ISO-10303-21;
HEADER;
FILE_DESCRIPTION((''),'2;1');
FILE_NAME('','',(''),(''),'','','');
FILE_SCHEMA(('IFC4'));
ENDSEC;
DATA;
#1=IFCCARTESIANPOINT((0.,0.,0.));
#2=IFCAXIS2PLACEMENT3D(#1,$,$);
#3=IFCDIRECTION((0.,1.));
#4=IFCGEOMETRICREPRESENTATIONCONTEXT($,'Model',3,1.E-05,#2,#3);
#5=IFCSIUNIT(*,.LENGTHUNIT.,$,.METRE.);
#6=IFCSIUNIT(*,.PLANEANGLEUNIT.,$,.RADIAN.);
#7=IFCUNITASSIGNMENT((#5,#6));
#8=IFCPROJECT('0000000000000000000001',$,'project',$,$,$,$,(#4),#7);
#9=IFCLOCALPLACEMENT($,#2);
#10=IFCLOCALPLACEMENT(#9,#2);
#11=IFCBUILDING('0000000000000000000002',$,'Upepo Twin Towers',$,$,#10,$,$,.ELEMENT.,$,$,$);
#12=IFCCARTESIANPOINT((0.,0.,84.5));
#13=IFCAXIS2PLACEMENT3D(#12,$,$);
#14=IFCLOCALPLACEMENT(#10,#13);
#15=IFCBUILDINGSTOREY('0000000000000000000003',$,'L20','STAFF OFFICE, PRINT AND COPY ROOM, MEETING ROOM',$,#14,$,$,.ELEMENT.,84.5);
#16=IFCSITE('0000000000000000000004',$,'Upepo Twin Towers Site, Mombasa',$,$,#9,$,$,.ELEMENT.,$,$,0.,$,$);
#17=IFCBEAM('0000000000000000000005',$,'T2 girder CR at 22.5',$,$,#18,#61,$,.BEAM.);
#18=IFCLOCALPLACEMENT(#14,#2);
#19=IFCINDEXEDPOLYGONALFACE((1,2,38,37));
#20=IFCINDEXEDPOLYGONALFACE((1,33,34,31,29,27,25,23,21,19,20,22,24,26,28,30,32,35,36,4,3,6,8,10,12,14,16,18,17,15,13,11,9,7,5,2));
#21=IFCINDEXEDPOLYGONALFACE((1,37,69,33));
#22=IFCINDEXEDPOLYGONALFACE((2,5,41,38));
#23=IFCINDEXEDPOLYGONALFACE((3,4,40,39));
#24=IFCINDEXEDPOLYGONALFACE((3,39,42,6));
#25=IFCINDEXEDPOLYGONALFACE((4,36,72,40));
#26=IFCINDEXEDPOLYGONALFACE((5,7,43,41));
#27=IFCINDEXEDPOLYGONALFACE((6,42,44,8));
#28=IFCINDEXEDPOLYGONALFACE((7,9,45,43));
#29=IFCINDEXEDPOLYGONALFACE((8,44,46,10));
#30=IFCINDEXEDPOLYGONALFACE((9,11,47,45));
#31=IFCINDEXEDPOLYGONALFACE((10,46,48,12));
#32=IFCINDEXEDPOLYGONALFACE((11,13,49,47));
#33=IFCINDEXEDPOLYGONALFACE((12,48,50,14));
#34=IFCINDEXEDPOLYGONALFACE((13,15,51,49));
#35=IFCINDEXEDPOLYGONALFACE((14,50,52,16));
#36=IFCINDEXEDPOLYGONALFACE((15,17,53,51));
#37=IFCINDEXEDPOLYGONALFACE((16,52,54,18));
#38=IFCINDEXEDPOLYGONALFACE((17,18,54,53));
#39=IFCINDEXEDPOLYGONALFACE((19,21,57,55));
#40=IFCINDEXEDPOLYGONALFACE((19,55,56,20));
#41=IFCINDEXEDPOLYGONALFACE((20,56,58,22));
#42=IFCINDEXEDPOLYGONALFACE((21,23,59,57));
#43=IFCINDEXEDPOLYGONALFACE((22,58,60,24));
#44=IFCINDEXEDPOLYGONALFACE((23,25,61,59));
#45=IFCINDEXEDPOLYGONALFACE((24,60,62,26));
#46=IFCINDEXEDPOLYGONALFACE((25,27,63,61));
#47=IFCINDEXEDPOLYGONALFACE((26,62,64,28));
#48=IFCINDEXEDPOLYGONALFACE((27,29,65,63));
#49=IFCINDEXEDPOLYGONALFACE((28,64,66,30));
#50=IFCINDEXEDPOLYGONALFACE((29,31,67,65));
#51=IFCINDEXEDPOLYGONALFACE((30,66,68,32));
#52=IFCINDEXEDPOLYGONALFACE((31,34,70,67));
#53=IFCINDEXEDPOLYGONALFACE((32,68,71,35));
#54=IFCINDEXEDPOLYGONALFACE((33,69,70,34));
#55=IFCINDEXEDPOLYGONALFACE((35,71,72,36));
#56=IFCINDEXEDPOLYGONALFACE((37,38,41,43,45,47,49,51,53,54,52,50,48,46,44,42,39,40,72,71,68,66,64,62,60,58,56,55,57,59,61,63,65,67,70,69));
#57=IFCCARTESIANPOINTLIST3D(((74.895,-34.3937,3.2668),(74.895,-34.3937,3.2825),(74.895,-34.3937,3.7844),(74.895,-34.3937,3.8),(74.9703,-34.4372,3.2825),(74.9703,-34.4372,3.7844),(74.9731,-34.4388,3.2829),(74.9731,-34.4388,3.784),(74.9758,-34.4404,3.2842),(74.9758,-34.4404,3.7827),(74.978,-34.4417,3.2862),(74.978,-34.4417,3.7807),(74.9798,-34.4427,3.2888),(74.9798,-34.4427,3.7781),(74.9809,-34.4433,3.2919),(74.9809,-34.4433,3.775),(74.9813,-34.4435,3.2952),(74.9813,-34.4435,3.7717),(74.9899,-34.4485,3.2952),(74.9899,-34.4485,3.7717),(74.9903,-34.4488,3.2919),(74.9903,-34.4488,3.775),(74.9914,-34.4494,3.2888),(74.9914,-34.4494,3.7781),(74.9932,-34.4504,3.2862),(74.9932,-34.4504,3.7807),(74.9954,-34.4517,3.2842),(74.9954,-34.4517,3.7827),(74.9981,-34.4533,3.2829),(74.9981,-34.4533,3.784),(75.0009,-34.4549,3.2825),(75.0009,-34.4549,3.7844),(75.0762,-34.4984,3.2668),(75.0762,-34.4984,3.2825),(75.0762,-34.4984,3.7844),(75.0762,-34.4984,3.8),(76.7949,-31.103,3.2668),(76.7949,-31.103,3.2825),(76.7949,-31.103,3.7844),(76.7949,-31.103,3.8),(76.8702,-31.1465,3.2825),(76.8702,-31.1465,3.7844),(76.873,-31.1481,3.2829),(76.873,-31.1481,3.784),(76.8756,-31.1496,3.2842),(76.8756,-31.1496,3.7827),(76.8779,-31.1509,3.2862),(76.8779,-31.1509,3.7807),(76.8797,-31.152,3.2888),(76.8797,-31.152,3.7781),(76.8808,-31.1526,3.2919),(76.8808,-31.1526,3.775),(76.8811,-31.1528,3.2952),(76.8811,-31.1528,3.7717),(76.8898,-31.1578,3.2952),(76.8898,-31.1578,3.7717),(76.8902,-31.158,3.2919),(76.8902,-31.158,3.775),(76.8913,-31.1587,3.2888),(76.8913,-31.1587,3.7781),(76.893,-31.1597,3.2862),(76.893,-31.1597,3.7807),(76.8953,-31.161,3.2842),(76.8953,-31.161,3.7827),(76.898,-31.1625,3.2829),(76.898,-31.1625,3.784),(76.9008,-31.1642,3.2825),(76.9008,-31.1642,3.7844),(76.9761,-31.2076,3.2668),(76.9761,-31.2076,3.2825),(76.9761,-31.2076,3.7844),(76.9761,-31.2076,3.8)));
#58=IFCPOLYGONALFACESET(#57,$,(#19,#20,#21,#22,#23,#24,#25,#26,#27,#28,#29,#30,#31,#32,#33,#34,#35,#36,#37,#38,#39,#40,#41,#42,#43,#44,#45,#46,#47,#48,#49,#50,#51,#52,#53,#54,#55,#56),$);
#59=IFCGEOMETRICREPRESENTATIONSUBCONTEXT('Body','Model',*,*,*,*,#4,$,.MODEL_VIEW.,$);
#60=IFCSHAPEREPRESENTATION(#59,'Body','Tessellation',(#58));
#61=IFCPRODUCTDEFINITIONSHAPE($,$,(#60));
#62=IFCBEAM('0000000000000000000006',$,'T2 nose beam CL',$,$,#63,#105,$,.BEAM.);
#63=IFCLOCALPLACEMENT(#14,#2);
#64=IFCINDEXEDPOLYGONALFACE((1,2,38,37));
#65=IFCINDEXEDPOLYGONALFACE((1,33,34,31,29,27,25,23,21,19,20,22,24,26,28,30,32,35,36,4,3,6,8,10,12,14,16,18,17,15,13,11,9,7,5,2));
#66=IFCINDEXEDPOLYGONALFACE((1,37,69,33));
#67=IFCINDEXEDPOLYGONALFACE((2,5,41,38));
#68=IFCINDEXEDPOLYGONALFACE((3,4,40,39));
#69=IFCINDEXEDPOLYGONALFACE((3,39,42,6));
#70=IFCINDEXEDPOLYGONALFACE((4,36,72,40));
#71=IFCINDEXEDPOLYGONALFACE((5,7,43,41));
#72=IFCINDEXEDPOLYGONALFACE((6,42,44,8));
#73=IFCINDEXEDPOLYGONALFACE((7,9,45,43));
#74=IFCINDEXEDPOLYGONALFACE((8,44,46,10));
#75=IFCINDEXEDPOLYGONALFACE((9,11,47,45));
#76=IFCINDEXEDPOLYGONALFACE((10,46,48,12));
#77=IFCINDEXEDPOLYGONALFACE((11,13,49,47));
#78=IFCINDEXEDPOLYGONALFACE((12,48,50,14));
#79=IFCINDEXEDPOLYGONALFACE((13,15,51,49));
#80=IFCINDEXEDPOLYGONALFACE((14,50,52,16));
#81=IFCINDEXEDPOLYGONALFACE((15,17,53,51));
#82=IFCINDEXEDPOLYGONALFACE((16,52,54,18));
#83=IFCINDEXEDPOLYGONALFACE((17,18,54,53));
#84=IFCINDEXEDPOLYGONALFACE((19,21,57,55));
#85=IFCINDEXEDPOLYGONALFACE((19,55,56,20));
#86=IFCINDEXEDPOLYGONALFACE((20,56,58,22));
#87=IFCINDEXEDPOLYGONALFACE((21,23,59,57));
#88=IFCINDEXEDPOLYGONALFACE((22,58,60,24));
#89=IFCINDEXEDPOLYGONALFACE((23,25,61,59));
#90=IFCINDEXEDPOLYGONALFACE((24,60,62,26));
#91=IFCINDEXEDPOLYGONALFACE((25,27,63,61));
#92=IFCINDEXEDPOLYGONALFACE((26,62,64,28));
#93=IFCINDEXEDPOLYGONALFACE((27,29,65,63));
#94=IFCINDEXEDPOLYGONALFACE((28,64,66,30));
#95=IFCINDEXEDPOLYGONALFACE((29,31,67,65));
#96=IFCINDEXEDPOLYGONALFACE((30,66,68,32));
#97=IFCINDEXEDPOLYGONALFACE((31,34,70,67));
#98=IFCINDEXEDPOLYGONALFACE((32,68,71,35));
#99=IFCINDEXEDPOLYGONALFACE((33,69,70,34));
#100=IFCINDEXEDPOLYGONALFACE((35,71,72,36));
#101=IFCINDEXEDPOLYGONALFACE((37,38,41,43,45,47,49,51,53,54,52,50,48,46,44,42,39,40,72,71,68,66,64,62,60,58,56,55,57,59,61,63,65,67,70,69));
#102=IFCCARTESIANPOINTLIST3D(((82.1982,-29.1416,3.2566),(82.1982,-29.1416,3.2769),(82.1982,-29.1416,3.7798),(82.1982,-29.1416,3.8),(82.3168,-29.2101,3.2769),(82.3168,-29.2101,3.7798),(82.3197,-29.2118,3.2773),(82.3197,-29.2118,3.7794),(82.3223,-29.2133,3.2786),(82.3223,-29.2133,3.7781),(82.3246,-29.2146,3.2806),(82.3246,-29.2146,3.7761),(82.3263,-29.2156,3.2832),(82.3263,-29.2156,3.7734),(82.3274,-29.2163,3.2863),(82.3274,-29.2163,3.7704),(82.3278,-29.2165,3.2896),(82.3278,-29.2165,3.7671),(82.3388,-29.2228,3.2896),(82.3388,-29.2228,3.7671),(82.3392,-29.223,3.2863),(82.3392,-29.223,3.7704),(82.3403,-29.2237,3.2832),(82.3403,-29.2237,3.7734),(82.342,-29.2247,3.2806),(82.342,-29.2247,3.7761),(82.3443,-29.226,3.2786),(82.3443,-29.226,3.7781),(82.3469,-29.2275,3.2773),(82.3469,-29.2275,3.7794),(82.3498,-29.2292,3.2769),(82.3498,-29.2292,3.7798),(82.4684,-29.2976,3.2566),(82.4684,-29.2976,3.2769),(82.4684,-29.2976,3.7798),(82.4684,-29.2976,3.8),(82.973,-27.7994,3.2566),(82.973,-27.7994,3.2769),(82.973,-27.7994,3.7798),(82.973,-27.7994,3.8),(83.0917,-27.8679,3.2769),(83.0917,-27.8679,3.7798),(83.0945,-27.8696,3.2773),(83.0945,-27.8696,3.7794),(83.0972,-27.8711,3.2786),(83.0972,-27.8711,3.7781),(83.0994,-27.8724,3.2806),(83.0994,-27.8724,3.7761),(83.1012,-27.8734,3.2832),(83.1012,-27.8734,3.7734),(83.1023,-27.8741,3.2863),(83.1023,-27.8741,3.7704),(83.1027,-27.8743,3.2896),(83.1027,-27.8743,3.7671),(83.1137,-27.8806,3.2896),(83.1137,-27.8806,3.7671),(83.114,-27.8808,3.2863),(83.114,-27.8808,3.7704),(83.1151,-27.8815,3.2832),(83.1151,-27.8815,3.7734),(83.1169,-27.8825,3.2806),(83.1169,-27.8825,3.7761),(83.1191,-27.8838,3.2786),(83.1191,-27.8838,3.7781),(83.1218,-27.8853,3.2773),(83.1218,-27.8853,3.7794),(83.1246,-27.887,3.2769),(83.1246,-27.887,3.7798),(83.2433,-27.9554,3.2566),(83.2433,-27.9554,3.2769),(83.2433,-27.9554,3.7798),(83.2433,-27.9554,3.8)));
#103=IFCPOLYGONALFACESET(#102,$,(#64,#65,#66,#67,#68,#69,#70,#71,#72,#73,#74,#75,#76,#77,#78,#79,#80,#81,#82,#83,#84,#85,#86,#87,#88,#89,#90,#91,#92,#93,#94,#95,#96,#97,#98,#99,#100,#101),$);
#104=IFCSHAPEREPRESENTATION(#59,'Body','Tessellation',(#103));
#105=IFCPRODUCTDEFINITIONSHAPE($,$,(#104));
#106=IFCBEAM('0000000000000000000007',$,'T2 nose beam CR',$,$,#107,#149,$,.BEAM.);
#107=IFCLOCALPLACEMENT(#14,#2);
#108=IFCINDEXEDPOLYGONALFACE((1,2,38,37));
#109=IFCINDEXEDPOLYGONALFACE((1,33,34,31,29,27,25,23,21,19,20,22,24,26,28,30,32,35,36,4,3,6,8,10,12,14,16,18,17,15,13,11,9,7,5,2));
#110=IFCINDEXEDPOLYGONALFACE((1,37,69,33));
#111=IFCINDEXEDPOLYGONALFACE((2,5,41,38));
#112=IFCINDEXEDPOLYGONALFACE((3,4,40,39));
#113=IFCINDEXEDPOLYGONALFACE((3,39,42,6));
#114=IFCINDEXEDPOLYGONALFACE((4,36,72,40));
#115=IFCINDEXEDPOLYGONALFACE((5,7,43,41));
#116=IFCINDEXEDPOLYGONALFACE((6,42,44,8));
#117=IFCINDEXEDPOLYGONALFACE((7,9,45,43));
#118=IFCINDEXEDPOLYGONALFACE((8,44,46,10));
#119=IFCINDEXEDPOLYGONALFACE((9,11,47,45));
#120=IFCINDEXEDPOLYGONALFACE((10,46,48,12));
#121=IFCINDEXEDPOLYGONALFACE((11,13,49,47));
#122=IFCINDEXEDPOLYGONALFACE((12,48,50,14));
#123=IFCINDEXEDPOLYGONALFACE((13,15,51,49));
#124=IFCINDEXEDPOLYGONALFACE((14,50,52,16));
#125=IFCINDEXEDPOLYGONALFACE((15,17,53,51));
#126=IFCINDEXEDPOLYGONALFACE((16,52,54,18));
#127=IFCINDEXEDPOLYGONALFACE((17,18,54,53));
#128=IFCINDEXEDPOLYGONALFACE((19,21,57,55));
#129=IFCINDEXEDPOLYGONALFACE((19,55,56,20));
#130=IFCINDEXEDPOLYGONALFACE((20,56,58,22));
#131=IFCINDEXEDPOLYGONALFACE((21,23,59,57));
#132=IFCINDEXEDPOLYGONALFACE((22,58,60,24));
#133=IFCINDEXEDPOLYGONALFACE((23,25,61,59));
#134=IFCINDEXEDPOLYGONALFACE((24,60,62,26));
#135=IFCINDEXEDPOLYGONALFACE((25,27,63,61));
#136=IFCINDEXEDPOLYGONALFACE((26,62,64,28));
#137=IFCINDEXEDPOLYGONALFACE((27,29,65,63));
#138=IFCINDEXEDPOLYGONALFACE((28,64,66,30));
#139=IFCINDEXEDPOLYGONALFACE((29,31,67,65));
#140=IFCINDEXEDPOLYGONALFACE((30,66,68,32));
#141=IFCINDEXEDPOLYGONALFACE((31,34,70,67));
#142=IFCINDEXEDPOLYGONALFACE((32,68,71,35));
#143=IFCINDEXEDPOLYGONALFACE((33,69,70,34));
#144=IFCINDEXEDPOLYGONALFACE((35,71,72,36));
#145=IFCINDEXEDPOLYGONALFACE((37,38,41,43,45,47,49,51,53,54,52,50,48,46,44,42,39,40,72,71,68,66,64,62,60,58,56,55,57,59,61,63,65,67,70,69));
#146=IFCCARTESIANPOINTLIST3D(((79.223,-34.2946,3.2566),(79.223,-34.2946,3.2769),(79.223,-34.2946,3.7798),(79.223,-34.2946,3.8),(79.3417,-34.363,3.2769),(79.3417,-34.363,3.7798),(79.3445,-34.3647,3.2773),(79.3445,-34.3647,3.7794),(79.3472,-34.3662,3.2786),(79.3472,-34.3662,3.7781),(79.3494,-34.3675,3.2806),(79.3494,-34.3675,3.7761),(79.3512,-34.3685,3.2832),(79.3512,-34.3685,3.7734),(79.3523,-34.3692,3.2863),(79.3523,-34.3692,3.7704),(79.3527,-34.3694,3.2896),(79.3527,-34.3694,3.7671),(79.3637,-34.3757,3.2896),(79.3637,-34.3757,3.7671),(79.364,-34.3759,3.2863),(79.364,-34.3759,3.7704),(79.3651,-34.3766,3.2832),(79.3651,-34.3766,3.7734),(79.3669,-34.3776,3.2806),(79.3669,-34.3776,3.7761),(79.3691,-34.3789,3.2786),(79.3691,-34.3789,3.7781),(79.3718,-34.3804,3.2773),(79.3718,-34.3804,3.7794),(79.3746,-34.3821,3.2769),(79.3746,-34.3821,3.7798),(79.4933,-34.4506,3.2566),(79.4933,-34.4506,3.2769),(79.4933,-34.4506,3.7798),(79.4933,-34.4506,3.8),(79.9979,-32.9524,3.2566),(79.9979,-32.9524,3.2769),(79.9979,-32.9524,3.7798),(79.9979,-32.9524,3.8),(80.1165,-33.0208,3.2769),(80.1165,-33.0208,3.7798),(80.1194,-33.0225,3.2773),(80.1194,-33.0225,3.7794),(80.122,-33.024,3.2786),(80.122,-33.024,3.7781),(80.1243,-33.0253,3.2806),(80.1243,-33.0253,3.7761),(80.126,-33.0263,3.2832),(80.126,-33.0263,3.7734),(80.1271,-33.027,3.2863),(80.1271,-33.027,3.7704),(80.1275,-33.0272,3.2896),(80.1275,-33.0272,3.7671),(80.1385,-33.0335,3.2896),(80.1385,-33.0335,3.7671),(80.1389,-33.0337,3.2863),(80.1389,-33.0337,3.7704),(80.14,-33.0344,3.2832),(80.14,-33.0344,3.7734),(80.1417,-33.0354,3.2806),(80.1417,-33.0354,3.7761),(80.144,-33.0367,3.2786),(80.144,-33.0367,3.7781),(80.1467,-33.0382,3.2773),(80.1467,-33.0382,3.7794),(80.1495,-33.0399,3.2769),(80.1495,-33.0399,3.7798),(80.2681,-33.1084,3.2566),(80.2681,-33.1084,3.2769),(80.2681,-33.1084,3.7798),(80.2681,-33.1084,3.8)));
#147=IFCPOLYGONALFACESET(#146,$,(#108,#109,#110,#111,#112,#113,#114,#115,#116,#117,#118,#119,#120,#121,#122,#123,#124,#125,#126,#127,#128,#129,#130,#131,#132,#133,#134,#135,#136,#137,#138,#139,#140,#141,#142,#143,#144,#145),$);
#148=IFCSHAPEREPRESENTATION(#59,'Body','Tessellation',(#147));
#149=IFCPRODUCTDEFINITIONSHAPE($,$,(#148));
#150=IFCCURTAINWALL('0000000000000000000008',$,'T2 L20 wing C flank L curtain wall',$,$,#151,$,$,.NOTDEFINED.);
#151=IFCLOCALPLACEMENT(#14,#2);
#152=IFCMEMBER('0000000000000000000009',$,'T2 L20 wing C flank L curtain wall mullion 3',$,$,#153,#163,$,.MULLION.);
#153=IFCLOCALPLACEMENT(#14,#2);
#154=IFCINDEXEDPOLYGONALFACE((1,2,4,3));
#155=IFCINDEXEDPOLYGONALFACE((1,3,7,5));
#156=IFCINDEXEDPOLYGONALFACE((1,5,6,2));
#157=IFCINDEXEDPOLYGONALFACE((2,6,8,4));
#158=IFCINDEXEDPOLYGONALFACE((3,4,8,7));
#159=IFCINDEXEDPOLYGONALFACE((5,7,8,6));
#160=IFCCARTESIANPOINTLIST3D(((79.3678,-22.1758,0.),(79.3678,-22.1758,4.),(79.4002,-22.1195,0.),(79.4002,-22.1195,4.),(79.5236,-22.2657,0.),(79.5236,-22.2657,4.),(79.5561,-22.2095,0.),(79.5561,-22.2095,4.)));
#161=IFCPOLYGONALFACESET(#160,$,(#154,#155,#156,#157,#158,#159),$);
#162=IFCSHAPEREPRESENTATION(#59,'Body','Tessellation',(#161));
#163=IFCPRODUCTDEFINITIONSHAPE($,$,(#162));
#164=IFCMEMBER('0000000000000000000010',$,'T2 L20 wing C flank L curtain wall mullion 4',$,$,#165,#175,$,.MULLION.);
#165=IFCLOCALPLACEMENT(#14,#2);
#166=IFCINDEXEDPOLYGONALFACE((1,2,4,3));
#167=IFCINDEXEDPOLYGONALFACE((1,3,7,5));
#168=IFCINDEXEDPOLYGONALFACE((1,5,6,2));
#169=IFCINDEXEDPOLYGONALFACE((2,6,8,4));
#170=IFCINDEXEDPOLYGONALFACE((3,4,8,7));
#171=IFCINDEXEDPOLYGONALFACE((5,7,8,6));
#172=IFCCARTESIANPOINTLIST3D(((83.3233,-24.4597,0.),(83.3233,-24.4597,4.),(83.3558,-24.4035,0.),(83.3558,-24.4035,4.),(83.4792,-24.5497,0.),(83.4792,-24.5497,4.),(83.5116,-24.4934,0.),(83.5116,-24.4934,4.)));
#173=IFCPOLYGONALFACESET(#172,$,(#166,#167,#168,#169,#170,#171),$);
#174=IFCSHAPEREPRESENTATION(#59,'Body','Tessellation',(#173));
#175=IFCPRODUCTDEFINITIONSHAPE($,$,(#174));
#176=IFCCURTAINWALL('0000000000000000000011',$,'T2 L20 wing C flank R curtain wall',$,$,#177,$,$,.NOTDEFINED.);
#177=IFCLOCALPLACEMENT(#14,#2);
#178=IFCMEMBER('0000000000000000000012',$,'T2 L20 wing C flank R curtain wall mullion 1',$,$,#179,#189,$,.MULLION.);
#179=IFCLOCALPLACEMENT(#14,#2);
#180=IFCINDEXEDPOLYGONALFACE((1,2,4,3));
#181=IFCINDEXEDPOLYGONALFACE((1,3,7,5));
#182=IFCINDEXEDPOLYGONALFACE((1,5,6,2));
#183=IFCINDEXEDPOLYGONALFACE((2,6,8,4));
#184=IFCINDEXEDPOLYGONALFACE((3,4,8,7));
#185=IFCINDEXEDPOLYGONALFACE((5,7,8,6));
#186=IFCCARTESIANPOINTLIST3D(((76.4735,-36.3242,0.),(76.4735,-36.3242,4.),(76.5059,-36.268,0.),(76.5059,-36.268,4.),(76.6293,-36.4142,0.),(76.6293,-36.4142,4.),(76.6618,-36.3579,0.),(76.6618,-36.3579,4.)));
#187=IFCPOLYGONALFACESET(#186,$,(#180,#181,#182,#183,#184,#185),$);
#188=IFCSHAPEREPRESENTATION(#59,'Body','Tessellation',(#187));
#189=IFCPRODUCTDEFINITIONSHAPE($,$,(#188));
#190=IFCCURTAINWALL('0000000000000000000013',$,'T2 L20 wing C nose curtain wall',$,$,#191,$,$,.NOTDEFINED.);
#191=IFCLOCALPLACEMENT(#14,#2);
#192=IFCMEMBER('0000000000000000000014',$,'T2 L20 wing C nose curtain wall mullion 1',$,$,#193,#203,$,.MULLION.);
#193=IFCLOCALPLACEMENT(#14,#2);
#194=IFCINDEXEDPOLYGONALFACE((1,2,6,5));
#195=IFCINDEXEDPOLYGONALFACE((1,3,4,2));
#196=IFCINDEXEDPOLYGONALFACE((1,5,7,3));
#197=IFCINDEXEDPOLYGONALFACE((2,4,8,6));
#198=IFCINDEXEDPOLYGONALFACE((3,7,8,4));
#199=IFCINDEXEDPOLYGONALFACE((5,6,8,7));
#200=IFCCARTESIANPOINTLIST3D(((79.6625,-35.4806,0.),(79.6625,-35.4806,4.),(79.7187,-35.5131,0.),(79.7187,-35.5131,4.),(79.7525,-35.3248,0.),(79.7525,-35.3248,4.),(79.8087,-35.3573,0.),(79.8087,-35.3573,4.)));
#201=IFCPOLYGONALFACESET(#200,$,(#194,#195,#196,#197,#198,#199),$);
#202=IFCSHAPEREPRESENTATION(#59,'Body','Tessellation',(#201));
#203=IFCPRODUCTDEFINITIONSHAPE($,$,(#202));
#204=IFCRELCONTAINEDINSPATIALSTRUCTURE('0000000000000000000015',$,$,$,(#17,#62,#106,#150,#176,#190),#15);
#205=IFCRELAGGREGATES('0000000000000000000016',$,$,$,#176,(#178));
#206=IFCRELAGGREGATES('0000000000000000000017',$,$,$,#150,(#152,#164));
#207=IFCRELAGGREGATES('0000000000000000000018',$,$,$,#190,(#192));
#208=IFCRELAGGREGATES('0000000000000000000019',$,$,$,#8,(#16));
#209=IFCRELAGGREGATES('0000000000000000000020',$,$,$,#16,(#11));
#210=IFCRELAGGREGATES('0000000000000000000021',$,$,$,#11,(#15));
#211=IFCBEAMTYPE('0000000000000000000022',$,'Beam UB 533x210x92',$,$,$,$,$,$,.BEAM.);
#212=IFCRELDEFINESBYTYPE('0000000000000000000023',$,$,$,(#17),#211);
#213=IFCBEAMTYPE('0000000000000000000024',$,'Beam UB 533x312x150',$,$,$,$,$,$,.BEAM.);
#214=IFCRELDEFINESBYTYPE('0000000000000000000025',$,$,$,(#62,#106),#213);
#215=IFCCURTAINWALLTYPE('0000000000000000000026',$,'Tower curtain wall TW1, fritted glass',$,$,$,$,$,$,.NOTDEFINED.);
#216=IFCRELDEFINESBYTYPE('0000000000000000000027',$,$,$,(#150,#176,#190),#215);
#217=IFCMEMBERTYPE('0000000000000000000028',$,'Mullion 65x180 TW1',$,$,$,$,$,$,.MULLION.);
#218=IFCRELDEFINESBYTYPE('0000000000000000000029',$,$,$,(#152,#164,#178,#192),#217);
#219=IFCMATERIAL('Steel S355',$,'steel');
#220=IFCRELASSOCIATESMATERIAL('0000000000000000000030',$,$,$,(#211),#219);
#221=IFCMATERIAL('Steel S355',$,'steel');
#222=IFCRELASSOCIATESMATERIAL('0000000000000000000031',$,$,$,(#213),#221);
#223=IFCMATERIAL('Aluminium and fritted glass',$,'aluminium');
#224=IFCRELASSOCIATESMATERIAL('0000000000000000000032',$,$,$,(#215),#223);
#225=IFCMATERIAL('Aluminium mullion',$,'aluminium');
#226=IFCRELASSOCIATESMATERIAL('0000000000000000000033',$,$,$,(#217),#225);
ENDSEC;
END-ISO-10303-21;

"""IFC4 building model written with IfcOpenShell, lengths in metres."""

from ifc_helpers import new_model, si_unit, direction, frame, origin, origin_2d, place, context, subcontext, project, spatial, rectangle, i_section, extrude, material, material_profile, profile_set, type_object, element, aggregate, save


model = new_model("IFC4")

# Units and contexts
model_context = context("Model", 3, precision=1e-05, world=origin(), true_north=direction((0.0, 1.0)))
body_context = subcontext(model_context, "Body", "Model", "MODEL_VIEW")
ifc_project = project(units=[si_unit("LENGTHUNIT", "METRE"), si_unit("PLANEANGLEUNIT", "RADIAN")], contexts=[model_context])

# Site, building, storey
site_placement = place(None, origin())
site = spatial("IfcSite", under=ifc_project, at=site_placement, Name="Upepo Twin Towers Site, Mombasa", CompositionType="ELEMENT", RefElevation=0.0)
building_placement = place(site_placement, origin())
building = spatial("IfcBuilding", under=site, at=building_placement, Name="Upepo Twin Towers", CompositionType="ELEMENT")
storey_placement = place(building_placement, frame((0.0, 0.0, 84.5)))
storey = spatial("IfcBuildingStorey", under=building, at=storey_placement, Name="L20", Description="STAFF OFFICE, PRINT AND COPY ROOM, MEETING ROOM", CompositionType="ELEMENT", Elevation=84.5)

# Beams
ifc_material_1 = material(Name="Steel S355", Category="steel")
ifc_material_profile_1 = material_profile(ifc_material_1, i_section(OverallWidth=0.2092, OverallDepth=0.5332, WebThickness=0.01, FlangeThickness=0.0156, FilletRadius=0.0127, at=origin_2d()), Name="UB 533x210x92")
ifc_profile_set_1 = profile_set([ifc_material_profile_1], Name="Steel S355")
beam_type_1 = type_object("IfcBeamType", Name="Beam UB 533x210x92", PredefinedType="BEAM", material=ifc_profile_set_1)
for number, where, z_axis, x_axis, name in (
    (1, (74.9856, -34.446, 3.5334), (0.499995, 0.866028, 0.0), (-0.866028, 0.499995, 0.0), "T2 girder CR at 22.5"),
):
    element("IfcBeam", number, at=place(storey_placement, frame(where, z_axis=z_axis, x_axis=x_axis)), inside=storey, type_object=beam_type_1, Name=name, PredefinedType="BEAM", context=body_context, shape_type="SweptSolid", body=[
        extrude(i_section(OverallWidth=0.2092, OverallDepth=0.5332, WebThickness=0.01, FlangeThickness=0.0156, FilletRadius=0.0127, at=origin_2d()), origin(), (0.0, 0.0, 1.0), 3.7998),
    ])
ifc_material_2 = material(Name="Steel S355", Category="steel")
ifc_material_profile_2 = material_profile(ifc_material_2, i_section(OverallWidth=0.312, OverallDepth=0.5435, WebThickness=0.0127, FlangeThickness=0.0203, FilletRadius=0.0127, at=origin_2d()), Name="UB 533x312x150")
ifc_profile_set_2 = profile_set([ifc_material_profile_2], Name="Steel S355")
beam_type_2 = type_object("IfcBeamType", Name="Beam UB 533x312x150", PredefinedType="BEAM", material=ifc_profile_set_2)
for number, where, z_axis, x_axis, name in (
    (2, (83.1082, -27.8774, 3.5283), (-0.499968, -0.866044, 0.0), (0.866044, -0.499968, 0.0), "T2 nose beam CL"),
    (3, (79.3582, -34.3726, 3.5283), (0.499968, 0.866044, 0.0), (-0.866044, 0.499968, 0.0), "T2 nose beam CR"),
):
    element("IfcBeam", number, at=place(storey_placement, frame(where, z_axis=z_axis, x_axis=x_axis)), inside=storey, type_object=beam_type_2, Name=name, PredefinedType="BEAM", context=body_context, shape_type="SweptSolid", body=[
        extrude(i_section(OverallWidth=0.312, OverallDepth=0.5435, WebThickness=0.0127, FlangeThickness=0.0203, FilletRadius=0.0127, at=origin_2d()), origin(), (0.0, 0.0, 1.0), 1.5498),
    ])

# Curtain wall, members
ifc_material_3 = material(Name="Aluminium and fritted glass", Category="aluminium")
curtain_wall_type = type_object("IfcCurtainWallType", Name="Tower curtain wall TW1, fritted glass", PredefinedType="NOTDEFINED", material=ifc_material_3)
curtain_wall_1_placement = place(storey_placement, origin())
curtain_wall_1 = element("IfcCurtainWall", 4, at=curtain_wall_1_placement, inside=storey, type_object=curtain_wall_type, Name="T2 L20 wing C flank L curtain wall", PredefinedType="NOTDEFINED")
ifc_material_4 = material(Name="Aluminium mullion", Category="aluminium")
ifc_material_profile_3 = material_profile(ifc_material_4, rectangle(XDim=0.0649, YDim=0.1799, at=origin_2d()), Name="MULLION 65x180")
ifc_profile_set_3 = profile_set([ifc_material_profile_3], Name="Aluminium mullion")
member_type_1 = type_object("IfcMemberType", Name="Mullion 65x180 TW1", PredefinedType="MULLION", material=ifc_profile_set_3)
member_1_placement = place(storey_placement, frame((79.4619, -22.1926, 0.0), z_axis=(0.0, 0.0, 1.0), x_axis=(0.5, 0.866025, 0.0)))
member_1 = element("IfcMember", 5, at=member_1_placement, type_object=member_type_1, Name="T2 L20 wing C flank L curtain wall mullion 3", PredefinedType="MULLION", context=body_context, shape_type="SweptSolid", body=[
    extrude(rectangle(XDim=0.0649, YDim=0.1799, at=origin_2d()), origin(), (0.0, 0.0, 1.0), 4.0),
])
member_2_placement = place(storey_placement, frame((83.4175, -24.4766, 0.0), z_axis=(0.0, 0.0, 1.0), x_axis=(0.5, 0.866025, 0.0)))
member_2 = element("IfcMember", 6, at=member_2_placement, type_object=member_type_1, Name="T2 L20 wing C flank L curtain wall mullion 4", PredefinedType="MULLION", context=body_context, shape_type="SweptSolid", body=[
    extrude(rectangle(XDim=0.0649, YDim=0.1799, at=origin_2d()), origin(), (0.0, 0.0, 1.0), 4.0),
])

# Curtain wall, member
curtain_wall_2_placement = place(storey_placement, origin())
curtain_wall_2 = element("IfcCurtainWall", 7, at=curtain_wall_2_placement, inside=storey, type_object=curtain_wall_type, Name="T2 L20 wing C flank R curtain wall", PredefinedType="NOTDEFINED")
member_3_placement = place(storey_placement, frame((76.5676, -36.3411, 0.0), z_axis=(0.0, 0.0, 1.0), x_axis=(-0.5, -0.866025, 0.0)))
member_3 = element("IfcMember", 8, at=member_3_placement, type_object=member_type_1, Name="T2 L20 wing C flank R curtain wall mullion 1", PredefinedType="MULLION", context=body_context, shape_type="SweptSolid", body=[
    extrude(rectangle(XDim=0.0649, YDim=0.1799, at=origin_2d()), origin(), (0.0, 0.0, 1.0), 4.0),
])

# Curtain wall, member
curtain_wall_3_placement = place(storey_placement, origin())
curtain_wall_3 = element("IfcCurtainWall", 9, at=curtain_wall_3_placement, inside=storey, type_object=curtain_wall_type, Name="T2 L20 wing C nose curtain wall", PredefinedType="NOTDEFINED")
member_4_placement = place(storey_placement, frame((79.7356, -35.4189, 0.0), z_axis=(0.0, 0.0, 1.0), x_axis=(-0.866025, 0.5, 0.0)))
member_4 = element("IfcMember", 10, at=member_4_placement, type_object=member_type_1, Name="T2 L20 wing C nose curtain wall mullion 1", PredefinedType="MULLION", context=body_context, shape_type="SweptSolid", body=[
    extrude(rectangle(XDim=0.0649, YDim=0.1799, at=origin_2d()), origin(), (0.0, 0.0, 1.0), 4.0),
])

aggregate(curtain_wall_2, [member_3])

aggregate(curtain_wall_1, [member_1, member_2])
aggregate(curtain_wall_3, [member_4])

save(model, "model.ifc")
